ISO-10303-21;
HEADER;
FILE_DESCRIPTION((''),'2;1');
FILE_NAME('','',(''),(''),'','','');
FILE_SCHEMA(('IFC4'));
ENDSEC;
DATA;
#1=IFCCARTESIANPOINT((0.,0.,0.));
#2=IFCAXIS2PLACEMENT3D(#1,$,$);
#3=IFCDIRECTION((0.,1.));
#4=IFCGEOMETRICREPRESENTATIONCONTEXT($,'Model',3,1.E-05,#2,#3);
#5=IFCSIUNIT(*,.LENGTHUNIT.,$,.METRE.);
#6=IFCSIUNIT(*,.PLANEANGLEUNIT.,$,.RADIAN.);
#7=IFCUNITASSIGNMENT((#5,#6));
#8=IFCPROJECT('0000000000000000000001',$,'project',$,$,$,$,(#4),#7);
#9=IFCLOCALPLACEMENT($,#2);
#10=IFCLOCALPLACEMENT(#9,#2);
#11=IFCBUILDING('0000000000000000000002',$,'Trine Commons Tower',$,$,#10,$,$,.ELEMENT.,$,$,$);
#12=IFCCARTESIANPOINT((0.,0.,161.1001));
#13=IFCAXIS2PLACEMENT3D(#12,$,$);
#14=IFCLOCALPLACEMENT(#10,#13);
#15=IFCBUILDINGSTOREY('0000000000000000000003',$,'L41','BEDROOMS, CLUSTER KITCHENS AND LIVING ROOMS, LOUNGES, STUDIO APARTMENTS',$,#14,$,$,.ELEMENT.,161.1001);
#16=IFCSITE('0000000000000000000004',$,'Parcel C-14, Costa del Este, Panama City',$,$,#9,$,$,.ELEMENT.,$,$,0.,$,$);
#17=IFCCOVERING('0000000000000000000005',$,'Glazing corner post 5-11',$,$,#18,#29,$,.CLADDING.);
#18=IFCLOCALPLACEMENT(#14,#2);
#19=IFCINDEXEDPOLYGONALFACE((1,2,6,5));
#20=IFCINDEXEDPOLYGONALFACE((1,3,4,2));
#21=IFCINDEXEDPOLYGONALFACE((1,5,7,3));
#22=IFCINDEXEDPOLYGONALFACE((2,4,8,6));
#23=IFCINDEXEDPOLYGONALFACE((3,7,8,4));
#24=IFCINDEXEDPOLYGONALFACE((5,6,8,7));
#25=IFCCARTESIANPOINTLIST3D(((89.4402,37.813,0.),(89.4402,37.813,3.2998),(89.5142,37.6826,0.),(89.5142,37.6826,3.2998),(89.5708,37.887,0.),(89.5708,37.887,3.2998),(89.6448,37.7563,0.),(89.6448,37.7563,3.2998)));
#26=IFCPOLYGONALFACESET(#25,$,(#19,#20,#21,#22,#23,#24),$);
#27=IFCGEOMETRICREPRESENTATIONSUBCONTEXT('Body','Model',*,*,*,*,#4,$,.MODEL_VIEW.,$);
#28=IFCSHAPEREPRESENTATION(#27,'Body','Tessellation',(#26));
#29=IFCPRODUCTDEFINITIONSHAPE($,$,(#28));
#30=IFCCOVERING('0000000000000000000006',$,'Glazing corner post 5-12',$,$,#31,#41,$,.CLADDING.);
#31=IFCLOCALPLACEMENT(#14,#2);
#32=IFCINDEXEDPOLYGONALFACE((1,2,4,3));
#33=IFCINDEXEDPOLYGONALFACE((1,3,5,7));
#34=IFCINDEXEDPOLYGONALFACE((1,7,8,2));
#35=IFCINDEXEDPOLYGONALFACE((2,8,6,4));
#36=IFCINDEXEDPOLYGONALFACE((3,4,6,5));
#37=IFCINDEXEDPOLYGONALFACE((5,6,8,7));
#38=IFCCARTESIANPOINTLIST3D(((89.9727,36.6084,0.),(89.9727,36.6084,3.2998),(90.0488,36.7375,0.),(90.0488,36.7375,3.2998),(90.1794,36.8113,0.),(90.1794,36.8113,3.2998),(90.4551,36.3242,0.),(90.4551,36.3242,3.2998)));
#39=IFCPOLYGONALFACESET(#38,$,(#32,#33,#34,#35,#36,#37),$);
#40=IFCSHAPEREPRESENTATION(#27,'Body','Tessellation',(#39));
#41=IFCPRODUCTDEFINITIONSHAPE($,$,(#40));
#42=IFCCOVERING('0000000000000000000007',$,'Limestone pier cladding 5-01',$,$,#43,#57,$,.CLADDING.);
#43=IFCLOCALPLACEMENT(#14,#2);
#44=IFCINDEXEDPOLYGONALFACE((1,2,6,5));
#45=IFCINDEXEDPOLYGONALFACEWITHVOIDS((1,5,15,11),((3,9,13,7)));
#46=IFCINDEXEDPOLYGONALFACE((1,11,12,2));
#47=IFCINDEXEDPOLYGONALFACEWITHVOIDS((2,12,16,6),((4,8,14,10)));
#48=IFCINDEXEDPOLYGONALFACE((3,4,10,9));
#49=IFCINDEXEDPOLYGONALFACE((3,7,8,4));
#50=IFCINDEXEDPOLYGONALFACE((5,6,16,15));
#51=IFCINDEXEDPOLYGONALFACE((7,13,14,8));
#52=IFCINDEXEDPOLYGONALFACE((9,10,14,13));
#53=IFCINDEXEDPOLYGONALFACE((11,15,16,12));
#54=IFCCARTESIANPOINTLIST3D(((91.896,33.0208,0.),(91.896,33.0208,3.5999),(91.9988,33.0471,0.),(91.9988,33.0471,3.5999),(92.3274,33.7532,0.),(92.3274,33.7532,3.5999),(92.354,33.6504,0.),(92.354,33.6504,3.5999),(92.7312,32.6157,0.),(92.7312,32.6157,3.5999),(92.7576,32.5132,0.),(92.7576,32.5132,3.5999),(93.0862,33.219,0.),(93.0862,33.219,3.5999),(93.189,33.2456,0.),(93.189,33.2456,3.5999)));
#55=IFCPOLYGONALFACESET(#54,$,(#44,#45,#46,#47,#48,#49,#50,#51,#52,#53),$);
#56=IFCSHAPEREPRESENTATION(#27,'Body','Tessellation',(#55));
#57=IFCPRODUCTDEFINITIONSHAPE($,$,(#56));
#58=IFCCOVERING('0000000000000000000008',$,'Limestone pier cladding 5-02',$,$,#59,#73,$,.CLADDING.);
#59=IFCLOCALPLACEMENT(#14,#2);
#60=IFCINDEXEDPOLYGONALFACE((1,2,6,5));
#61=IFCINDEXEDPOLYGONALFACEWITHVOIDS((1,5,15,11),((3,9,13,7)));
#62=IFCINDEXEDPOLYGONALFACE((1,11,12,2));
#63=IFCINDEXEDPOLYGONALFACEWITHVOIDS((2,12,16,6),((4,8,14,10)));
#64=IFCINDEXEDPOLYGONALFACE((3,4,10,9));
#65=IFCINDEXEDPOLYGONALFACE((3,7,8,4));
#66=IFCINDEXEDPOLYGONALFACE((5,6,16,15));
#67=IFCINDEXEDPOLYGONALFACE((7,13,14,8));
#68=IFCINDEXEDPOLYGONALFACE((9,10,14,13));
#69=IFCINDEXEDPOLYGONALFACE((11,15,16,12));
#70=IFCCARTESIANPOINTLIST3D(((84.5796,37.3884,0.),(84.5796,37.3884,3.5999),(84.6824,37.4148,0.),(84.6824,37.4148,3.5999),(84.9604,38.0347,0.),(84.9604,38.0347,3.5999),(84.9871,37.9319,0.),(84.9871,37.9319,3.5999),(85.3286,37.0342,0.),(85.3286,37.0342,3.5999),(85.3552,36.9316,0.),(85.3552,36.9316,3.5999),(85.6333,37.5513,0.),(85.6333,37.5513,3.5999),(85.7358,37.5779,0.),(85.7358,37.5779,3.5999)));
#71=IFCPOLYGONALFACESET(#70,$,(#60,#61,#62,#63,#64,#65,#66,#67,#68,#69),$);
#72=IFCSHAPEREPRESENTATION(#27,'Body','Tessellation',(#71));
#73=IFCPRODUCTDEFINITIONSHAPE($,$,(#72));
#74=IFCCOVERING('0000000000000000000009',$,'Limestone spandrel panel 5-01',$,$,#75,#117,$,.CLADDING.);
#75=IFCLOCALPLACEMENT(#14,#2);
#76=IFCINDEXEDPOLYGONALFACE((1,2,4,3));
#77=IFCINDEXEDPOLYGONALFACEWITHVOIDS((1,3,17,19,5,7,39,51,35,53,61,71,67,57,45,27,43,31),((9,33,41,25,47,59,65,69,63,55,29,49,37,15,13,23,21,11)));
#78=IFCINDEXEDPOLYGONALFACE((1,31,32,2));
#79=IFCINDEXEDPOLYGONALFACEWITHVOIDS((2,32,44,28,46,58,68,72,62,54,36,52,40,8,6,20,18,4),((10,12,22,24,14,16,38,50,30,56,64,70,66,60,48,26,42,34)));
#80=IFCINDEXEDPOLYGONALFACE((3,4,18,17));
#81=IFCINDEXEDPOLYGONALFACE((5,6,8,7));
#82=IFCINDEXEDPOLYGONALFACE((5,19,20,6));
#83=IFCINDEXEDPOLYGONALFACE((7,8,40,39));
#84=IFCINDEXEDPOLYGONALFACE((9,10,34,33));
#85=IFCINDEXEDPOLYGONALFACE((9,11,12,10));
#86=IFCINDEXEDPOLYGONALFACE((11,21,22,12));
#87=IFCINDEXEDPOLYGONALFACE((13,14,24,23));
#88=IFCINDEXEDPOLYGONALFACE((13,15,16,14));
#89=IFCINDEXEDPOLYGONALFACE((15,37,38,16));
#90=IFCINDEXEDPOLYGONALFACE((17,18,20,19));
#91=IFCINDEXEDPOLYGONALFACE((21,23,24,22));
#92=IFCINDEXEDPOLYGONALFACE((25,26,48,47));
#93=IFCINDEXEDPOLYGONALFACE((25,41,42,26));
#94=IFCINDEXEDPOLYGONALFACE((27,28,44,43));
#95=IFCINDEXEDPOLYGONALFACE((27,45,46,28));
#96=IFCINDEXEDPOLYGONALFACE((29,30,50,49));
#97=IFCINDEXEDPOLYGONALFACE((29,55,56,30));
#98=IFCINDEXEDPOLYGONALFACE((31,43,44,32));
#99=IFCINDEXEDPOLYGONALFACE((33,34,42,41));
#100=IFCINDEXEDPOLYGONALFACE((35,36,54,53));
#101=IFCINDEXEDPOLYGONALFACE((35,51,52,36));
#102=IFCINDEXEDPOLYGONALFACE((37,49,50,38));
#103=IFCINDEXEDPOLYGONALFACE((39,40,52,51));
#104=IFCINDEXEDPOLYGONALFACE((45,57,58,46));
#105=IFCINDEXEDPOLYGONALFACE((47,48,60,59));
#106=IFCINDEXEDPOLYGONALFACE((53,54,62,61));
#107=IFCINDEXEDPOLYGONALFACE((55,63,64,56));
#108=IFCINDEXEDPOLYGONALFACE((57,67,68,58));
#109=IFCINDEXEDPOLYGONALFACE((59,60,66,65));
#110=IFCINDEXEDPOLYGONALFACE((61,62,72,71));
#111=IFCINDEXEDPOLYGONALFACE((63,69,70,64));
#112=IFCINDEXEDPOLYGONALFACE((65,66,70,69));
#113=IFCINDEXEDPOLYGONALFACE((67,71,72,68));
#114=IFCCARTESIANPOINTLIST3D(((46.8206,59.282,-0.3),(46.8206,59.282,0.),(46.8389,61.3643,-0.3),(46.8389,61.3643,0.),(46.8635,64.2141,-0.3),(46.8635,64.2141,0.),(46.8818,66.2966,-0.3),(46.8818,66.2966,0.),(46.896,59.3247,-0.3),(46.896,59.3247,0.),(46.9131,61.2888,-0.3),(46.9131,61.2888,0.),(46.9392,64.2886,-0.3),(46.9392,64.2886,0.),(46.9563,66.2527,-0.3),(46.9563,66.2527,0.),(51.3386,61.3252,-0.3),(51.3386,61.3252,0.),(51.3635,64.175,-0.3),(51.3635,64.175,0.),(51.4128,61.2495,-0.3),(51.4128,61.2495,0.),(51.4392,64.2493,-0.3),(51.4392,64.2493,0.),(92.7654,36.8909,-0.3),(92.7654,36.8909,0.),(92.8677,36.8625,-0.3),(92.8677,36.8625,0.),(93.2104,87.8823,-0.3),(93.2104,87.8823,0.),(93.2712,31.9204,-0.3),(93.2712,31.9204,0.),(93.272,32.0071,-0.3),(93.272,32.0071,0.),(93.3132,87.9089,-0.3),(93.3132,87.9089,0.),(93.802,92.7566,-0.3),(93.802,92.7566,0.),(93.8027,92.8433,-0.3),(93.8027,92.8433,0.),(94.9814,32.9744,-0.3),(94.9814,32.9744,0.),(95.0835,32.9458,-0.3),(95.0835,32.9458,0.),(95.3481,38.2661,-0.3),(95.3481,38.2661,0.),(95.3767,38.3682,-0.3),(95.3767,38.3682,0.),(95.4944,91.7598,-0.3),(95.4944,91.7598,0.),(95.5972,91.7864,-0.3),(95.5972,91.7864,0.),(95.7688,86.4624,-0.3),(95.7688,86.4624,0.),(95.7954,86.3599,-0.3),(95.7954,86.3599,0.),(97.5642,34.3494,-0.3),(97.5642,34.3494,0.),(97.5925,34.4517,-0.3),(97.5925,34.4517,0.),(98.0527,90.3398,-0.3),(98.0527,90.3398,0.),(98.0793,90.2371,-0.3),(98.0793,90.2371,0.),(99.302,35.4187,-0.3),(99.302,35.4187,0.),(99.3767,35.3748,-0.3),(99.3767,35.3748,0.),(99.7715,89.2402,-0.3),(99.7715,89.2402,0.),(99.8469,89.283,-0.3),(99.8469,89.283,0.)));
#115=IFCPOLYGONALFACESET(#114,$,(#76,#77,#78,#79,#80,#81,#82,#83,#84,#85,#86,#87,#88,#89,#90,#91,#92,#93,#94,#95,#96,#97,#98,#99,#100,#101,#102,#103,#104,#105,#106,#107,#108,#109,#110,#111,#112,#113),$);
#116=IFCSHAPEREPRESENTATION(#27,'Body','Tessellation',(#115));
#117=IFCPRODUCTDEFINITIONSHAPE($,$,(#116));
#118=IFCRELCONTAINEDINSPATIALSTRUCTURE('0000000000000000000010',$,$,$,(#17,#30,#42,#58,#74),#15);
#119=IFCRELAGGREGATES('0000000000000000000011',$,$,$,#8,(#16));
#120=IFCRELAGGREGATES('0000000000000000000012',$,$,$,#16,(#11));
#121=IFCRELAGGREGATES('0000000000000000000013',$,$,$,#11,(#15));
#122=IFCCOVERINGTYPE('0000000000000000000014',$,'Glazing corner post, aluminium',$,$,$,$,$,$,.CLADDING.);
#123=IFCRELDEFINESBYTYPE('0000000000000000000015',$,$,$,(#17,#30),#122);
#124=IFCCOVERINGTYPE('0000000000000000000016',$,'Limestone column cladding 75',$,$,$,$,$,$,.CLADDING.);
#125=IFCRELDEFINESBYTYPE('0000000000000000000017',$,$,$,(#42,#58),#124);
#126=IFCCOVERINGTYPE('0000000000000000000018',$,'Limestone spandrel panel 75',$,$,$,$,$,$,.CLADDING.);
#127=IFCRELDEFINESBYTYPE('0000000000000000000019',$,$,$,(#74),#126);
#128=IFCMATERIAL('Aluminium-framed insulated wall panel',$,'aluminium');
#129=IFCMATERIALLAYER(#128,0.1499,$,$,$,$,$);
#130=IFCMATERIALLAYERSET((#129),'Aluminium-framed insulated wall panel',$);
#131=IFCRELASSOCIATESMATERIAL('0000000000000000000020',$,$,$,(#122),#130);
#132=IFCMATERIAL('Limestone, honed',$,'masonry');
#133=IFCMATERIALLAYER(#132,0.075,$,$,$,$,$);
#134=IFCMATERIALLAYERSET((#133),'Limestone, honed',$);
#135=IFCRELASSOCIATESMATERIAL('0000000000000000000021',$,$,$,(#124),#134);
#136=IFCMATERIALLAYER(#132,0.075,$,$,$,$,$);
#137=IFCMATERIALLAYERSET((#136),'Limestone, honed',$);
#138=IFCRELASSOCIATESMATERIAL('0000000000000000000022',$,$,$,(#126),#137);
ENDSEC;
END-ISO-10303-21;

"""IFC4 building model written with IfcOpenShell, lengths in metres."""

from ifc_helpers import new_model, si_unit, direction, frame, origin, place, context, subcontext, project, spatial, polyline, outline, extrude, material, layer, layer_set, type_object, element, save


model = new_model("IFC4")

# Units and contexts
model_context = context("Model", 3, precision=1e-05, world=origin(), true_north=direction((0.0, 1.0)))
body_context = subcontext(model_context, "Body", "Model", "MODEL_VIEW")
ifc_project = project(units=[si_unit("LENGTHUNIT", "METRE"), si_unit("PLANEANGLEUNIT", "RADIAN")], contexts=[model_context])

# Site, building, storey
site_placement = place(None, origin())
site = spatial("IfcSite", under=ifc_project, at=site_placement, Name="Parcel C-14, Costa del Este, Panama City", CompositionType="ELEMENT", RefElevation=0.0)
building_placement = place(site_placement, origin())
building = spatial("IfcBuilding", under=site, at=building_placement, Name="Trine Commons Tower", CompositionType="ELEMENT")
storey_placement = place(building_placement, frame((0.0, 0.0, 161.1001)))
storey = spatial("IfcBuildingStorey", under=building, at=storey_placement, Name="L41", Description="BEDROOMS, CLUSTER KITCHENS AND LIVING ROOMS, LOUNGES, STUDIO APARTMENTS", CompositionType="ELEMENT", Elevation=161.1001)

# Coverings
ifc_material_1 = material(Name="Aluminium-framed insulated wall panel", Category="aluminium")
ifc_layer_1 = layer(ifc_material_1, 0.1499)
ifc_layer_set_1 = layer_set([ifc_layer_1], Name="Aluminium-framed insulated wall panel")
covering_type_1 = type_object("IfcCoveringType", Name="Glazing corner post, aluminium", PredefinedType="CLADDING", material=ifc_layer_set_1)
covering_1_placement = place(storey_placement, origin())
element("IfcCovering", 1, at=covering_1_placement, inside=storey, type_object=covering_type_1, Name="Glazing corner post 5-11", PredefinedType="CLADDING", context=body_context, shape_type="SweptSolid", body=[
    extrude(outline(polyline([(89.5142, 37.6826), (89.6448, 37.7563), (89.5708, 37.887), (89.4402, 37.813), (89.5142, 37.6826)])), origin(), (0.0, 0.0, 1.0), 3.2998),
])
covering_2_placement = place(storey_placement, origin())
element("IfcCovering", 2, at=covering_2_placement, inside=storey, type_object=covering_type_1, Name="Glazing corner post 5-12", PredefinedType="CLADDING", context=body_context, shape_type="SweptSolid", body=[
    extrude(outline(polyline([(89.9727, 36.6084), (90.4551, 36.3242), (90.1794, 36.8113), (90.0488, 36.7375), (89.9727, 36.6084)])), origin(), (0.0, 0.0, 1.0), 3.2998),
])
ifc_material_2 = material(Name="Limestone, honed", Category="masonry")
ifc_layer_2 = layer(ifc_material_2, 0.075)
ifc_layer_set_2 = layer_set([ifc_layer_2], Name="Limestone, honed")
covering_type_2 = type_object("IfcCoveringType", Name="Limestone column cladding 75", PredefinedType="CLADDING", material=ifc_layer_set_2)
covering_3_placement = place(storey_placement, origin())
element("IfcCovering", 3, at=covering_3_placement, inside=storey, type_object=covering_type_2, Name="Limestone pier cladding 5-01", PredefinedType="CLADDING", context=body_context, shape_type="SweptSolid", body=[
    extrude(outline(polyline([(92.3274, 33.7532), (91.896, 33.0208), (92.7576, 32.5132), (93.189, 33.2456), (92.3274, 33.7532)]), holes=[polyline([(92.354, 33.6504), (91.9988, 33.0471), (92.7312, 32.6157), (93.0862, 33.219), (92.354, 33.6504)])]), origin(), (0.0, 0.0, 1.0), 3.5999),
])
covering_4_placement = place(storey_placement, origin())
element("IfcCovering", 4, at=covering_4_placement, inside=storey, type_object=covering_type_2, Name="Limestone pier cladding 5-02", PredefinedType="CLADDING", context=body_context, shape_type="SweptSolid", body=[
    extrude(outline(polyline([(84.9604, 38.0347), (84.5796, 37.3884), (85.3552, 36.9316), (85.7358, 37.5779), (84.9604, 38.0347)]), holes=[polyline([(84.9871, 37.9319), (84.6824, 37.4148), (85.3286, 37.0342), (85.6333, 37.5513), (84.9871, 37.9319)])]), origin(), (0.0, 0.0, 1.0), 3.5999),
])
ifc_layer_3 = layer(ifc_material_2, 0.075)
ifc_layer_set_3 = layer_set([ifc_layer_3], Name="Limestone, honed")
covering_type_3 = type_object("IfcCoveringType", Name="Limestone spandrel panel 75", PredefinedType="CLADDING", material=ifc_layer_set_3)
covering_5_placement = place(storey_placement, frame((0.0, 0.0, -0.3)))
element("IfcCovering", 5, at=covering_5_placement, inside=storey, type_object=covering_type_3, Name="Limestone spandrel panel 5-01", PredefinedType="CLADDING", context=body_context, shape_type="SweptSolid", body=[
    extrude(outline(polyline([(95.3481, 38.2661), (97.5642, 34.3494), (99.3767, 35.3748), (99.8469, 89.283), (98.0527, 90.3398), (95.7688, 86.4624), (93.3132, 87.9089), (95.5972, 91.7864), (93.8027, 92.8433), (46.8818, 66.2966), (46.8635, 64.2141), (51.3635, 64.175), (51.3386, 61.3252), (46.8389, 61.3643), (46.8206, 59.282), (93.2712, 31.9204), (95.0835, 32.9458), (92.8677, 36.8625), (95.3481, 38.2661)]), holes=[polyline([(98.0793, 90.2371), (99.7715, 89.2402), (99.302, 35.4187), (97.5925, 34.4517), (95.3767, 38.3682), (92.7654, 36.8909), (94.9814, 32.9744), (93.272, 32.0071), (46.896, 59.3247), (46.9131, 61.2888), (51.4128, 61.2495), (51.4392, 64.2493), (46.9392, 64.2886), (46.9563, 66.2527), (93.802, 92.7566), (95.4944, 91.7598), (93.2104, 87.8823), (95.7954, 86.3599), (98.0793, 90.2371)])]), origin(), (0.0, 0.0, 1.0), 0.3),
])

save(model, "model.ifc")
